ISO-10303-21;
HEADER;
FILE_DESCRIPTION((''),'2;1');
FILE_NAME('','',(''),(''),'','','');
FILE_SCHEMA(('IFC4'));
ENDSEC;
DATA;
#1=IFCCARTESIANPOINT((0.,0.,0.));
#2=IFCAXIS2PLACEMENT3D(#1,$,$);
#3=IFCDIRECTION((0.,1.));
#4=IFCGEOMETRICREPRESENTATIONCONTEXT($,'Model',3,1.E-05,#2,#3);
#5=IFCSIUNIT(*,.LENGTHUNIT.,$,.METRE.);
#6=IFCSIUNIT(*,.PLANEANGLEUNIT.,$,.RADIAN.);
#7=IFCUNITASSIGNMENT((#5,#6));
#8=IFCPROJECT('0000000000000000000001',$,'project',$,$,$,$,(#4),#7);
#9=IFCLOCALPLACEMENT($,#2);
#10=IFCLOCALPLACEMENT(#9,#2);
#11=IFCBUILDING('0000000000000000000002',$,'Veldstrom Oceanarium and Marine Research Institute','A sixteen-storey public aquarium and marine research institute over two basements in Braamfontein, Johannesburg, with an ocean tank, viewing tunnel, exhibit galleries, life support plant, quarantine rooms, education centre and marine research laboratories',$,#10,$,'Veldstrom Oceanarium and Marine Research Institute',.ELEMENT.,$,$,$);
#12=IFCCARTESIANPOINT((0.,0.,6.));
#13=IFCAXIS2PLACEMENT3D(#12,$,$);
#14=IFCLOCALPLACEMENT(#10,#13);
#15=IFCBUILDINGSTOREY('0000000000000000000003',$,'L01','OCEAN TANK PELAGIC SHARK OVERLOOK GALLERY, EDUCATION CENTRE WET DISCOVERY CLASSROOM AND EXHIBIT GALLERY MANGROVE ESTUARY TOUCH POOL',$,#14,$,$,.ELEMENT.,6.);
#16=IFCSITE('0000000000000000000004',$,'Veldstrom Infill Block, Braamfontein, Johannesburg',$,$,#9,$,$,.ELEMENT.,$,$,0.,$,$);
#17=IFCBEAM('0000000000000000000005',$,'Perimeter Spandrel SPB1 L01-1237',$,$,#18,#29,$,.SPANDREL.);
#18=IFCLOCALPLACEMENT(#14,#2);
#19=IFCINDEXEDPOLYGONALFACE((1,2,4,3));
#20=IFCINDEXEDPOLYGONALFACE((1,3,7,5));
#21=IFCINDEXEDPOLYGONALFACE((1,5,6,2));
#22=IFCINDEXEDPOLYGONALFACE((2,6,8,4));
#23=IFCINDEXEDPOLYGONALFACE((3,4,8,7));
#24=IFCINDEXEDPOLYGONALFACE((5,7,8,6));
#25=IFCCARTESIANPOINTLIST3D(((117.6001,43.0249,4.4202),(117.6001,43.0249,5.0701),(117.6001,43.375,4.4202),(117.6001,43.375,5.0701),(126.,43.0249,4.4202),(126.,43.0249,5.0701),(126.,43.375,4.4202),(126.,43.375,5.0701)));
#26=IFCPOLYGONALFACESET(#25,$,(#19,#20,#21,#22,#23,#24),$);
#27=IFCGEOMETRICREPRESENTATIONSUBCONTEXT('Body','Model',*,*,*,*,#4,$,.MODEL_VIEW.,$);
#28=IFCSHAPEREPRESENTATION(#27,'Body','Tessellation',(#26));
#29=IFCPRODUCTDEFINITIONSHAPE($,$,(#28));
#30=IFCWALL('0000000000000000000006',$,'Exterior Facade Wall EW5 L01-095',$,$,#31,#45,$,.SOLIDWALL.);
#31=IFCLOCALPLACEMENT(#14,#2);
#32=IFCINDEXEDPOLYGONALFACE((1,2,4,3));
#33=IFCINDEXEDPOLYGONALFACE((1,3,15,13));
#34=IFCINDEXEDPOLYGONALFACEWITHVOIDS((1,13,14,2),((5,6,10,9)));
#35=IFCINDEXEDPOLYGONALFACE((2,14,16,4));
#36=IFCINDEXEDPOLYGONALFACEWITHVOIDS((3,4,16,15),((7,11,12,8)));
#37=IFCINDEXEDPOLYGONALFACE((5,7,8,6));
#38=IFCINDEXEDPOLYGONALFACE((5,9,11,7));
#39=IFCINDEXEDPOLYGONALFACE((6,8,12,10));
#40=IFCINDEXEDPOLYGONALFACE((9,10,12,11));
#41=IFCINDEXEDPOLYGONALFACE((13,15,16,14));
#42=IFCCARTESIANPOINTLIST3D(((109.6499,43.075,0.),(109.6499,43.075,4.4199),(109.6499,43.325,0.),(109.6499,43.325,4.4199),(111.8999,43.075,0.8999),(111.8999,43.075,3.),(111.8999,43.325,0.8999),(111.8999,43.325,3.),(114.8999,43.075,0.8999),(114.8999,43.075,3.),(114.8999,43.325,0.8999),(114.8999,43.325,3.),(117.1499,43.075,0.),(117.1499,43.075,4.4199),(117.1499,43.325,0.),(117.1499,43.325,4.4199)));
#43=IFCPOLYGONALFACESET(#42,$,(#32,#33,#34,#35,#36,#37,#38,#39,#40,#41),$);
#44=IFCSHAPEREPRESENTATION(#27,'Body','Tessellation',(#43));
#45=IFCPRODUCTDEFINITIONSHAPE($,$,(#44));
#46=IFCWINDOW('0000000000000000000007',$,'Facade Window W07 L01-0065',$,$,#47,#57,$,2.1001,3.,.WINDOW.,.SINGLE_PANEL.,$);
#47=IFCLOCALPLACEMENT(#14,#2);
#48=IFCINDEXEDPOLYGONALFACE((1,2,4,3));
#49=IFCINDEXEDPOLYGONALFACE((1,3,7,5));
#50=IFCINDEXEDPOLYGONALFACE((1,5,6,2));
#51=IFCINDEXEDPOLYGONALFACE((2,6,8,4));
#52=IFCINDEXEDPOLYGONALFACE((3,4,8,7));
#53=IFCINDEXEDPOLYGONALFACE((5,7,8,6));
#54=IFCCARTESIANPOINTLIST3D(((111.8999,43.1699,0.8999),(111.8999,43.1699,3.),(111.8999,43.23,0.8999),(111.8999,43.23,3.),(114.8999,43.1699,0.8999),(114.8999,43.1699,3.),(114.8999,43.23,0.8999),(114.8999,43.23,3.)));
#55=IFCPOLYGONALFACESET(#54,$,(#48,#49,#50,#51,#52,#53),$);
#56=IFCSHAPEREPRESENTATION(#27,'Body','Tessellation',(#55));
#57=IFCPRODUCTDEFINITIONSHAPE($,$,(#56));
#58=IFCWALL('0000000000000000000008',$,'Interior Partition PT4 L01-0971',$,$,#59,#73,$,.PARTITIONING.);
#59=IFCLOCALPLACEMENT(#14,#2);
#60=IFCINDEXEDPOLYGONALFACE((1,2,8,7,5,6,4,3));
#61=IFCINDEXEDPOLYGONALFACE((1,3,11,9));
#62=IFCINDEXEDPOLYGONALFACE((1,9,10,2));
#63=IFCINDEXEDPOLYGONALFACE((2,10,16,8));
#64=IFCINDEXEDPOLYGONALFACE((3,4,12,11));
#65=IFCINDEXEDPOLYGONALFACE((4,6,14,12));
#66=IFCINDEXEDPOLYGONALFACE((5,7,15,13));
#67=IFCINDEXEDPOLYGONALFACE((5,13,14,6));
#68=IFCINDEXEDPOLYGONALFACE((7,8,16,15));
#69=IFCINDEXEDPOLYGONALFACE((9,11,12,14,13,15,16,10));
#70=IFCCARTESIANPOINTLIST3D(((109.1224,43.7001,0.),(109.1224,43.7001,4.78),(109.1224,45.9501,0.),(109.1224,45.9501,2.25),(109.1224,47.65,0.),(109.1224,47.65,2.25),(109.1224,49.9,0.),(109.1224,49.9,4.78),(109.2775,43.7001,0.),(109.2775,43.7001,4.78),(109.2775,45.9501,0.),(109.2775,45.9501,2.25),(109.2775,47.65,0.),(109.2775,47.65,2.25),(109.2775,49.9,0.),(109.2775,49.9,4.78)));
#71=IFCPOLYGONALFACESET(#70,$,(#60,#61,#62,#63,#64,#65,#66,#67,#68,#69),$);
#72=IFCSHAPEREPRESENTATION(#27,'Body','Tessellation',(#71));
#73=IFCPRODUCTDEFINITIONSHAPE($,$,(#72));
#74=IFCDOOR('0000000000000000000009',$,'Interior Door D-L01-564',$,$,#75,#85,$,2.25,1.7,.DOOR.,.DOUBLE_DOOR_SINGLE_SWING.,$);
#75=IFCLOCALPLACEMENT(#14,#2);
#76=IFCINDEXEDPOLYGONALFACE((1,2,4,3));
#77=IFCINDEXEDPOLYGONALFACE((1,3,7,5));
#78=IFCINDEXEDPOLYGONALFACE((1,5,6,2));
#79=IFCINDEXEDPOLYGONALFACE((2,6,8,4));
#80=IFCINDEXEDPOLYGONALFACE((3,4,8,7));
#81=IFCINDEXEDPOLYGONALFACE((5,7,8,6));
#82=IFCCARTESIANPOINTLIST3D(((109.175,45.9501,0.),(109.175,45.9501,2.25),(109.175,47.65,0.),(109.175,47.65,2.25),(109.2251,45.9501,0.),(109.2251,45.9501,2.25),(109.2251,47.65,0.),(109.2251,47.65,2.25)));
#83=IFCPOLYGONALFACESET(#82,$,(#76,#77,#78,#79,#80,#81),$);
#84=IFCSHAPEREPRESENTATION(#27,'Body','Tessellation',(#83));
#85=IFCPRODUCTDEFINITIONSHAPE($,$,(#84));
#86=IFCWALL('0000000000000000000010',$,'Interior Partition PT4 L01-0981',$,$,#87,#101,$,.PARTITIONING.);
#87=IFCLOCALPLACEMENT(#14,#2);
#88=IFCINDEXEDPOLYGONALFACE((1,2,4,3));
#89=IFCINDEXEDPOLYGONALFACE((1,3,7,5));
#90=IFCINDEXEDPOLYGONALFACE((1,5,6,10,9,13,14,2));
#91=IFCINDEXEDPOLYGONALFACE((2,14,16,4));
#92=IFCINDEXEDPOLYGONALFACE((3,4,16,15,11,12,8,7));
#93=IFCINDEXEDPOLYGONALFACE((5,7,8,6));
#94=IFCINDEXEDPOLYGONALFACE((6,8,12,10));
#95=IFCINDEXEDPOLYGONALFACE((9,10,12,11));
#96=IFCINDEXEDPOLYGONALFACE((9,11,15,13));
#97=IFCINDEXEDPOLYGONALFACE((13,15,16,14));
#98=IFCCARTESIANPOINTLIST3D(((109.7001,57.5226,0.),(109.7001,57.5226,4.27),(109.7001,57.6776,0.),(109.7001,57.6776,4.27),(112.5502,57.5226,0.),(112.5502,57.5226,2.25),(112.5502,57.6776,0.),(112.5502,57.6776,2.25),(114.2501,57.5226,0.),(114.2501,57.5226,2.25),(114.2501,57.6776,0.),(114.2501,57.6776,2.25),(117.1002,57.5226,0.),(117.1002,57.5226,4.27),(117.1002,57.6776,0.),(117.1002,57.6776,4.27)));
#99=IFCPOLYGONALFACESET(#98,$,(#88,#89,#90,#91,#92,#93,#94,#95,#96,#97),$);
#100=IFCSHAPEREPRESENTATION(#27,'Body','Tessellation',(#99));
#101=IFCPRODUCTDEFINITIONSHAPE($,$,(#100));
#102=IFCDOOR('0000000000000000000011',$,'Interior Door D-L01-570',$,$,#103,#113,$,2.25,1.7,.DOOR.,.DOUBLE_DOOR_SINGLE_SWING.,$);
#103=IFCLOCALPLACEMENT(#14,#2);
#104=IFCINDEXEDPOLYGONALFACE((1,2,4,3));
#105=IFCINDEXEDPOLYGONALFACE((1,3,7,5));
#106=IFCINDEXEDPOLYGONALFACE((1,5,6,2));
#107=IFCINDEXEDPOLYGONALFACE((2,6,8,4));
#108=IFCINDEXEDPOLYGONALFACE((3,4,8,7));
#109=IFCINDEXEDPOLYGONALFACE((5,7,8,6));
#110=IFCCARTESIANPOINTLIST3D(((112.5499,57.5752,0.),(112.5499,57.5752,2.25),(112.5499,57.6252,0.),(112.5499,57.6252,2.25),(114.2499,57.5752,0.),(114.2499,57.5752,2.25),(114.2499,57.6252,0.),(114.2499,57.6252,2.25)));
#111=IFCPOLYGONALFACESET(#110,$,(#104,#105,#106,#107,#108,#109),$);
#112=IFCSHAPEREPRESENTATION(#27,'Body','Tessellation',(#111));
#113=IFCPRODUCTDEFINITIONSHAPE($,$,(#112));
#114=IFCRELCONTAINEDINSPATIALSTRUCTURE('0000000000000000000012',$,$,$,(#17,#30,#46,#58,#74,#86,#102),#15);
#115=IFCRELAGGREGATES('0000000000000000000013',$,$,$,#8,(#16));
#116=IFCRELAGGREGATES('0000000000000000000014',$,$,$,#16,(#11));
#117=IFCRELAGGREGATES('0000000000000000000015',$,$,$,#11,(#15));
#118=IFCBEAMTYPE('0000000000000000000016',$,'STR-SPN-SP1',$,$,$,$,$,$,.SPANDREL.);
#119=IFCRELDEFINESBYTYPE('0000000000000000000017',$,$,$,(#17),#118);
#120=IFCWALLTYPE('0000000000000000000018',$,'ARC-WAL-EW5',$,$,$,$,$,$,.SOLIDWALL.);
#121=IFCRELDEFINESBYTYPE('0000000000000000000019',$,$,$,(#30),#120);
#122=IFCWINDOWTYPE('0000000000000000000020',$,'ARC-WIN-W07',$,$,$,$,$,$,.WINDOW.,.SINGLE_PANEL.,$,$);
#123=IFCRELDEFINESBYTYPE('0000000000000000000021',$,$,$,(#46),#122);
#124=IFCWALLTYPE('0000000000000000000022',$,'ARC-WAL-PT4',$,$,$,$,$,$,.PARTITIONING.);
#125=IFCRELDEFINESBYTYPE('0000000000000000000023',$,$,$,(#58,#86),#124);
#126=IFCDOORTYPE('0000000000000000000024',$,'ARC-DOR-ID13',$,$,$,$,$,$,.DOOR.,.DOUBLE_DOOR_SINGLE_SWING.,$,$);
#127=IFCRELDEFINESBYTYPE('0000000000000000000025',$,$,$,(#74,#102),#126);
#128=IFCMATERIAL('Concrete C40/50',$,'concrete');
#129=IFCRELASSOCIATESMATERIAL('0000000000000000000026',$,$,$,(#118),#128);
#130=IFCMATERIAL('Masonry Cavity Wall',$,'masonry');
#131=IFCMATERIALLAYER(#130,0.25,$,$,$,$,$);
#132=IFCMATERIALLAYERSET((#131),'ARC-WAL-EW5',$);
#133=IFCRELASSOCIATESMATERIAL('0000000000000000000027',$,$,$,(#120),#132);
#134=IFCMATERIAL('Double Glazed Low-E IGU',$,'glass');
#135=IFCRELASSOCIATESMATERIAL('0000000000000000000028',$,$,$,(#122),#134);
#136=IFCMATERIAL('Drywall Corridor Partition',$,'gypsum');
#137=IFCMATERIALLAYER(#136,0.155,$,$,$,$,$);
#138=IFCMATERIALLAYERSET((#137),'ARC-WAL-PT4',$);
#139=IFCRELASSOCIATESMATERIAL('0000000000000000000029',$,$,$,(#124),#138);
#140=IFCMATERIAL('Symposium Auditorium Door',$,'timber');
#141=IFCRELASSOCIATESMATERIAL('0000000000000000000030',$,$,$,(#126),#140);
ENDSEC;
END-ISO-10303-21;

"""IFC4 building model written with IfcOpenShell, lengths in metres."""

from ifc_helpers import new_model, si_unit, direction, frame, frame_2d, origin, origin_2d, place, context, subcontext, project, spatial, rectangle, extrude, material, layer, layer_set, material_profile, profile_set, type_object, element, fill, save


model = new_model("IFC4")

# Units and contexts
model_context = context("Model", 3, precision=1e-05, world=origin(), true_north=direction((0.0, 1.0)))
body_context = subcontext(model_context, "Body", "Model", "MODEL_VIEW")
ifc_project = project(units=[si_unit("LENGTHUNIT", "METRE"), si_unit("PLANEANGLEUNIT", "RADIAN")], contexts=[model_context])

# Site, building, storey
site_placement = place(None, origin())
site = spatial("IfcSite", under=ifc_project, at=site_placement, Name="Veldstrom Infill Block, Braamfontein, Johannesburg", CompositionType="ELEMENT", RefElevation=0.0)
building_placement = place(site_placement, origin())
building = spatial("IfcBuilding", under=site, at=building_placement, Name="Veldstrom Oceanarium and Marine Research Institute", Description="A sixteen-storey public aquarium and marine research institute over two basements in Braamfontein, Johannesburg, with an ocean tank, viewing tunnel, exhibit galleries, life support plant, quarantine rooms, education centre and marine research laboratories", LongName="Veldstrom Oceanarium and Marine Research Institute", CompositionType="ELEMENT")
storey_placement = place(building_placement, frame((0.0, 0.0, 6.0)))
storey = spatial("IfcBuildingStorey", under=building, at=storey_placement, Name="L01", Description="OCEAN TANK PELAGIC SHARK OVERLOOK GALLERY, EDUCATION CENTRE WET DISCOVERY CLASSROOM AND EXHIBIT GALLERY MANGROVE ESTUARY TOUCH POOL", CompositionType="ELEMENT", Elevation=6.0)

# Beam
ifc_material_1 = material(Name="Concrete C40/50", Category="concrete")
ifc_material_profile_1 = material_profile(ifc_material_1, rectangle(XDim=0.3501, YDim=0.6499, at=origin_2d()), Name="RC-SPN-350x650")
ifc_profile_set_1 = profile_set([ifc_material_profile_1], Name="Concrete C40/50")
beam_type_1 = type_object("IfcBeamType", Name="STR-SPN-SP1", PredefinedType="SPANDREL", material=ifc_profile_set_1)
beam_1_placement = place(storey_placement, frame((117.6001, 43.2, 4.7451), z_axis=(1.0, 0.0, 0.0), x_axis=(0.0, 1.0, 0.0)))
element("IfcBeam", 1, at=beam_1_placement, inside=storey, type_object=beam_type_1, Name="Perimeter Spandrel SPB1 L01-1237", PredefinedType="SPANDREL", context=body_context, shape_type="SweptSolid", body=[
    extrude(rectangle(XDim=0.3501, YDim=0.6499, at=origin_2d()), origin(), (0.0, 0.0, 1.0), 8.3999),
])

# Wall, opening, window
ifc_material_2 = material(Name="Masonry Cavity Wall", Category="masonry")
ifc_layer_1 = layer(ifc_material_2, 0.25)
ifc_layer_set_1 = layer_set([ifc_layer_1], Name="ARC-WAL-EW5")
wall_type_1 = type_object("IfcWallType", Name="ARC-WAL-EW5", PredefinedType="SOLIDWALL", material=ifc_layer_set_1)
wall_1_placement = place(storey_placement, frame((109.6499, 43.2, 0.0), z_axis=(0.0, 0.0, 1.0), x_axis=(1.0, 0.0, 0.0)))
wall_1 = element("IfcWall", 2, at=wall_1_placement, inside=storey, type_object=wall_type_1, Name="Exterior Facade Wall EW5 L01-095", PredefinedType="SOLIDWALL", context=body_context, shape_type="SweptSolid", body=[
    extrude(rectangle(XDim=7.5, YDim=0.25, at=frame_2d((3.75, 0.0))), origin(), (0.0, 0.0, 1.0), 4.4199),
])
opening_1_placement = place(wall_1_placement, frame((2.25, 0.0, 0.8999)))
opening_1 = element("IfcOpeningElement", 3, at=opening_1_placement, cuts=wall_1, PredefinedType="OPENING", context=body_context, shape_type="SweptSolid", body=[
    extrude(rectangle(XDim=3.0, YDim=2.1001, at=frame_2d((1.5, 1.05))), frame((0.0, 0.135, 0.0), z_axis=(0.0, -1.0, 0.0), x_axis=(1.0, 0.0, 0.0)), (0.0, 0.0, 1.0), 0.27),
])
ifc_material_3 = material(Name="Double Glazed Low-E IGU", Category="glass")
window_type = type_object("IfcWindowType", Name="ARC-WIN-W07", PartitioningType="SINGLE_PANEL", PredefinedType="WINDOW", material=ifc_material_3)
window_placement = place(opening_1_placement, origin())
window = element("IfcWindow", 4, at=window_placement, inside=storey, type_object=window_type, Name="Facade Window W07 L01-0065", OverallHeight=2.1001, OverallWidth=3.0, PartitioningType="SINGLE_PANEL", PredefinedType="WINDOW", context=body_context, shape_type="SweptSolid", body=[
    extrude(rectangle(XDim=3.0, YDim=2.1001, at=frame_2d((1.5, 1.05))), frame((0.0, 0.03, 0.0), z_axis=(0.0, -1.0, 0.0), x_axis=(1.0, 0.0, 0.0)), (0.0, 0.0, 1.0), 0.0601),
])
fill(opening_1, window)

# Walls, openings, doors
ifc_material_4 = material(Name="Drywall Corridor Partition", Category="gypsum")
ifc_layer_2 = layer(ifc_material_4, 0.155)
ifc_layer_set_2 = layer_set([ifc_layer_2], Name="ARC-WAL-PT4")
wall_type_2 = type_object("IfcWallType", Name="ARC-WAL-PT4", PredefinedType="PARTITIONING", material=ifc_layer_set_2)
wall_2_placement = place(storey_placement, frame((109.2, 43.7, 0.0), z_axis=(0.0, 0.0, 1.0), x_axis=(0.0, 1.0, 0.0)))
wall_2 = element("IfcWall", 5, at=wall_2_placement, inside=storey, type_object=wall_type_2, Name="Interior Partition PT4 L01-0971", PredefinedType="PARTITIONING", context=body_context, shape_type="SweptSolid", body=[
    extrude(rectangle(XDim=6.2, YDim=0.155, at=frame_2d((3.1001, 0.0))), origin(), (0.0, 0.0, 1.0), 4.78),
])
opening_2_placement = place(wall_2_placement, frame((2.25, 0.0, 0.0)))
opening_2 = element("IfcOpeningElement", 6, at=opening_2_placement, cuts=wall_2, PredefinedType="OPENING", context=body_context, shape_type="SweptSolid", body=[
    extrude(rectangle(XDim=1.7, YDim=2.25, at=frame_2d((0.8501, 1.125))), frame((0.0, 0.0874, 0.0), z_axis=(0.0, -1.0, 0.0), x_axis=(1.0, 0.0, 0.0)), (0.0, 0.0, 1.0), 0.175),
])
ifc_material_5 = material(Name="Symposium Auditorium Door", Category="timber")
door_type_1 = type_object("IfcDoorType", Name="ARC-DOR-ID13", OperationType="DOUBLE_DOOR_SINGLE_SWING", PredefinedType="DOOR", material=ifc_material_5)
door_1_placement = place(opening_2_placement, origin())
door_1 = element("IfcDoor", 7, at=door_1_placement, inside=storey, type_object=door_type_1, Name="Interior Door D-L01-564", OperationType="DOUBLE_DOOR_SINGLE_SWING", OverallHeight=2.25, OverallWidth=1.7, PredefinedType="DOOR", context=body_context, shape_type="SweptSolid", body=[
    extrude(rectangle(XDim=1.7, YDim=2.25, at=frame_2d((0.8501, 1.125))), frame((0.0, 0.0249, 0.0), z_axis=(0.0, -1.0, 0.0), x_axis=(1.0, 0.0, 0.0)), (0.0, 0.0, 1.0), 0.05),
])
fill(opening_2, door_1)
wall_3_placement = place(storey_placement, frame((109.7, 57.6001, 0.0), z_axis=(0.0, 0.0, 1.0), x_axis=(1.0, 0.0, 0.0)))
wall_3 = element("IfcWall", 8, at=wall_3_placement, inside=storey, type_object=wall_type_2, Name="Interior Partition PT4 L01-0981", PredefinedType="PARTITIONING", context=body_context, shape_type="SweptSolid", body=[
    extrude(rectangle(XDim=7.4001, YDim=0.155, at=frame_2d((3.7002, 0.0))), origin(), (0.0, 0.0, 1.0), 4.27),
])
opening_3_placement = place(wall_3_placement, frame((2.8501, 0.0, 0.0)))
opening_3 = element("IfcOpeningElement", 9, at=opening_3_placement, cuts=wall_3, PredefinedType="OPENING", context=body_context, shape_type="SweptSolid", body=[
    extrude(rectangle(XDim=1.7, YDim=2.25, at=frame_2d((0.8501, 1.125))), frame((0.0, 0.0874, 0.0), z_axis=(0.0, -1.0, 0.0), x_axis=(1.0, 0.0, 0.0)), (0.0, 0.0, 1.0), 0.175),
])
door_2_placement = place(opening_3_placement, frame((1.7, 0.0, 0.0), z_axis=(0.0, 0.0, 1.0), x_axis=(-1.0, 0.0, 0.0)))
door_2 = element("IfcDoor", 10, at=door_2_placement, inside=storey, type_object=door_type_1, Name="Interior Door D-L01-570", OperationType="DOUBLE_DOOR_SINGLE_SWING", OverallHeight=2.25, OverallWidth=1.7, PredefinedType="DOOR", context=body_context, shape_type="SweptSolid", body=[
    extrude(rectangle(XDim=1.7, YDim=2.25, at=frame_2d((0.8501, 1.125))), frame((0.0, 0.0249, 0.0), z_axis=(0.0, -1.0, 0.0), x_axis=(1.0, 0.0, 0.0)), (0.0, 0.0, 1.0), 0.05),
])
fill(opening_3, door_2)

save(model, "model.ifc")
